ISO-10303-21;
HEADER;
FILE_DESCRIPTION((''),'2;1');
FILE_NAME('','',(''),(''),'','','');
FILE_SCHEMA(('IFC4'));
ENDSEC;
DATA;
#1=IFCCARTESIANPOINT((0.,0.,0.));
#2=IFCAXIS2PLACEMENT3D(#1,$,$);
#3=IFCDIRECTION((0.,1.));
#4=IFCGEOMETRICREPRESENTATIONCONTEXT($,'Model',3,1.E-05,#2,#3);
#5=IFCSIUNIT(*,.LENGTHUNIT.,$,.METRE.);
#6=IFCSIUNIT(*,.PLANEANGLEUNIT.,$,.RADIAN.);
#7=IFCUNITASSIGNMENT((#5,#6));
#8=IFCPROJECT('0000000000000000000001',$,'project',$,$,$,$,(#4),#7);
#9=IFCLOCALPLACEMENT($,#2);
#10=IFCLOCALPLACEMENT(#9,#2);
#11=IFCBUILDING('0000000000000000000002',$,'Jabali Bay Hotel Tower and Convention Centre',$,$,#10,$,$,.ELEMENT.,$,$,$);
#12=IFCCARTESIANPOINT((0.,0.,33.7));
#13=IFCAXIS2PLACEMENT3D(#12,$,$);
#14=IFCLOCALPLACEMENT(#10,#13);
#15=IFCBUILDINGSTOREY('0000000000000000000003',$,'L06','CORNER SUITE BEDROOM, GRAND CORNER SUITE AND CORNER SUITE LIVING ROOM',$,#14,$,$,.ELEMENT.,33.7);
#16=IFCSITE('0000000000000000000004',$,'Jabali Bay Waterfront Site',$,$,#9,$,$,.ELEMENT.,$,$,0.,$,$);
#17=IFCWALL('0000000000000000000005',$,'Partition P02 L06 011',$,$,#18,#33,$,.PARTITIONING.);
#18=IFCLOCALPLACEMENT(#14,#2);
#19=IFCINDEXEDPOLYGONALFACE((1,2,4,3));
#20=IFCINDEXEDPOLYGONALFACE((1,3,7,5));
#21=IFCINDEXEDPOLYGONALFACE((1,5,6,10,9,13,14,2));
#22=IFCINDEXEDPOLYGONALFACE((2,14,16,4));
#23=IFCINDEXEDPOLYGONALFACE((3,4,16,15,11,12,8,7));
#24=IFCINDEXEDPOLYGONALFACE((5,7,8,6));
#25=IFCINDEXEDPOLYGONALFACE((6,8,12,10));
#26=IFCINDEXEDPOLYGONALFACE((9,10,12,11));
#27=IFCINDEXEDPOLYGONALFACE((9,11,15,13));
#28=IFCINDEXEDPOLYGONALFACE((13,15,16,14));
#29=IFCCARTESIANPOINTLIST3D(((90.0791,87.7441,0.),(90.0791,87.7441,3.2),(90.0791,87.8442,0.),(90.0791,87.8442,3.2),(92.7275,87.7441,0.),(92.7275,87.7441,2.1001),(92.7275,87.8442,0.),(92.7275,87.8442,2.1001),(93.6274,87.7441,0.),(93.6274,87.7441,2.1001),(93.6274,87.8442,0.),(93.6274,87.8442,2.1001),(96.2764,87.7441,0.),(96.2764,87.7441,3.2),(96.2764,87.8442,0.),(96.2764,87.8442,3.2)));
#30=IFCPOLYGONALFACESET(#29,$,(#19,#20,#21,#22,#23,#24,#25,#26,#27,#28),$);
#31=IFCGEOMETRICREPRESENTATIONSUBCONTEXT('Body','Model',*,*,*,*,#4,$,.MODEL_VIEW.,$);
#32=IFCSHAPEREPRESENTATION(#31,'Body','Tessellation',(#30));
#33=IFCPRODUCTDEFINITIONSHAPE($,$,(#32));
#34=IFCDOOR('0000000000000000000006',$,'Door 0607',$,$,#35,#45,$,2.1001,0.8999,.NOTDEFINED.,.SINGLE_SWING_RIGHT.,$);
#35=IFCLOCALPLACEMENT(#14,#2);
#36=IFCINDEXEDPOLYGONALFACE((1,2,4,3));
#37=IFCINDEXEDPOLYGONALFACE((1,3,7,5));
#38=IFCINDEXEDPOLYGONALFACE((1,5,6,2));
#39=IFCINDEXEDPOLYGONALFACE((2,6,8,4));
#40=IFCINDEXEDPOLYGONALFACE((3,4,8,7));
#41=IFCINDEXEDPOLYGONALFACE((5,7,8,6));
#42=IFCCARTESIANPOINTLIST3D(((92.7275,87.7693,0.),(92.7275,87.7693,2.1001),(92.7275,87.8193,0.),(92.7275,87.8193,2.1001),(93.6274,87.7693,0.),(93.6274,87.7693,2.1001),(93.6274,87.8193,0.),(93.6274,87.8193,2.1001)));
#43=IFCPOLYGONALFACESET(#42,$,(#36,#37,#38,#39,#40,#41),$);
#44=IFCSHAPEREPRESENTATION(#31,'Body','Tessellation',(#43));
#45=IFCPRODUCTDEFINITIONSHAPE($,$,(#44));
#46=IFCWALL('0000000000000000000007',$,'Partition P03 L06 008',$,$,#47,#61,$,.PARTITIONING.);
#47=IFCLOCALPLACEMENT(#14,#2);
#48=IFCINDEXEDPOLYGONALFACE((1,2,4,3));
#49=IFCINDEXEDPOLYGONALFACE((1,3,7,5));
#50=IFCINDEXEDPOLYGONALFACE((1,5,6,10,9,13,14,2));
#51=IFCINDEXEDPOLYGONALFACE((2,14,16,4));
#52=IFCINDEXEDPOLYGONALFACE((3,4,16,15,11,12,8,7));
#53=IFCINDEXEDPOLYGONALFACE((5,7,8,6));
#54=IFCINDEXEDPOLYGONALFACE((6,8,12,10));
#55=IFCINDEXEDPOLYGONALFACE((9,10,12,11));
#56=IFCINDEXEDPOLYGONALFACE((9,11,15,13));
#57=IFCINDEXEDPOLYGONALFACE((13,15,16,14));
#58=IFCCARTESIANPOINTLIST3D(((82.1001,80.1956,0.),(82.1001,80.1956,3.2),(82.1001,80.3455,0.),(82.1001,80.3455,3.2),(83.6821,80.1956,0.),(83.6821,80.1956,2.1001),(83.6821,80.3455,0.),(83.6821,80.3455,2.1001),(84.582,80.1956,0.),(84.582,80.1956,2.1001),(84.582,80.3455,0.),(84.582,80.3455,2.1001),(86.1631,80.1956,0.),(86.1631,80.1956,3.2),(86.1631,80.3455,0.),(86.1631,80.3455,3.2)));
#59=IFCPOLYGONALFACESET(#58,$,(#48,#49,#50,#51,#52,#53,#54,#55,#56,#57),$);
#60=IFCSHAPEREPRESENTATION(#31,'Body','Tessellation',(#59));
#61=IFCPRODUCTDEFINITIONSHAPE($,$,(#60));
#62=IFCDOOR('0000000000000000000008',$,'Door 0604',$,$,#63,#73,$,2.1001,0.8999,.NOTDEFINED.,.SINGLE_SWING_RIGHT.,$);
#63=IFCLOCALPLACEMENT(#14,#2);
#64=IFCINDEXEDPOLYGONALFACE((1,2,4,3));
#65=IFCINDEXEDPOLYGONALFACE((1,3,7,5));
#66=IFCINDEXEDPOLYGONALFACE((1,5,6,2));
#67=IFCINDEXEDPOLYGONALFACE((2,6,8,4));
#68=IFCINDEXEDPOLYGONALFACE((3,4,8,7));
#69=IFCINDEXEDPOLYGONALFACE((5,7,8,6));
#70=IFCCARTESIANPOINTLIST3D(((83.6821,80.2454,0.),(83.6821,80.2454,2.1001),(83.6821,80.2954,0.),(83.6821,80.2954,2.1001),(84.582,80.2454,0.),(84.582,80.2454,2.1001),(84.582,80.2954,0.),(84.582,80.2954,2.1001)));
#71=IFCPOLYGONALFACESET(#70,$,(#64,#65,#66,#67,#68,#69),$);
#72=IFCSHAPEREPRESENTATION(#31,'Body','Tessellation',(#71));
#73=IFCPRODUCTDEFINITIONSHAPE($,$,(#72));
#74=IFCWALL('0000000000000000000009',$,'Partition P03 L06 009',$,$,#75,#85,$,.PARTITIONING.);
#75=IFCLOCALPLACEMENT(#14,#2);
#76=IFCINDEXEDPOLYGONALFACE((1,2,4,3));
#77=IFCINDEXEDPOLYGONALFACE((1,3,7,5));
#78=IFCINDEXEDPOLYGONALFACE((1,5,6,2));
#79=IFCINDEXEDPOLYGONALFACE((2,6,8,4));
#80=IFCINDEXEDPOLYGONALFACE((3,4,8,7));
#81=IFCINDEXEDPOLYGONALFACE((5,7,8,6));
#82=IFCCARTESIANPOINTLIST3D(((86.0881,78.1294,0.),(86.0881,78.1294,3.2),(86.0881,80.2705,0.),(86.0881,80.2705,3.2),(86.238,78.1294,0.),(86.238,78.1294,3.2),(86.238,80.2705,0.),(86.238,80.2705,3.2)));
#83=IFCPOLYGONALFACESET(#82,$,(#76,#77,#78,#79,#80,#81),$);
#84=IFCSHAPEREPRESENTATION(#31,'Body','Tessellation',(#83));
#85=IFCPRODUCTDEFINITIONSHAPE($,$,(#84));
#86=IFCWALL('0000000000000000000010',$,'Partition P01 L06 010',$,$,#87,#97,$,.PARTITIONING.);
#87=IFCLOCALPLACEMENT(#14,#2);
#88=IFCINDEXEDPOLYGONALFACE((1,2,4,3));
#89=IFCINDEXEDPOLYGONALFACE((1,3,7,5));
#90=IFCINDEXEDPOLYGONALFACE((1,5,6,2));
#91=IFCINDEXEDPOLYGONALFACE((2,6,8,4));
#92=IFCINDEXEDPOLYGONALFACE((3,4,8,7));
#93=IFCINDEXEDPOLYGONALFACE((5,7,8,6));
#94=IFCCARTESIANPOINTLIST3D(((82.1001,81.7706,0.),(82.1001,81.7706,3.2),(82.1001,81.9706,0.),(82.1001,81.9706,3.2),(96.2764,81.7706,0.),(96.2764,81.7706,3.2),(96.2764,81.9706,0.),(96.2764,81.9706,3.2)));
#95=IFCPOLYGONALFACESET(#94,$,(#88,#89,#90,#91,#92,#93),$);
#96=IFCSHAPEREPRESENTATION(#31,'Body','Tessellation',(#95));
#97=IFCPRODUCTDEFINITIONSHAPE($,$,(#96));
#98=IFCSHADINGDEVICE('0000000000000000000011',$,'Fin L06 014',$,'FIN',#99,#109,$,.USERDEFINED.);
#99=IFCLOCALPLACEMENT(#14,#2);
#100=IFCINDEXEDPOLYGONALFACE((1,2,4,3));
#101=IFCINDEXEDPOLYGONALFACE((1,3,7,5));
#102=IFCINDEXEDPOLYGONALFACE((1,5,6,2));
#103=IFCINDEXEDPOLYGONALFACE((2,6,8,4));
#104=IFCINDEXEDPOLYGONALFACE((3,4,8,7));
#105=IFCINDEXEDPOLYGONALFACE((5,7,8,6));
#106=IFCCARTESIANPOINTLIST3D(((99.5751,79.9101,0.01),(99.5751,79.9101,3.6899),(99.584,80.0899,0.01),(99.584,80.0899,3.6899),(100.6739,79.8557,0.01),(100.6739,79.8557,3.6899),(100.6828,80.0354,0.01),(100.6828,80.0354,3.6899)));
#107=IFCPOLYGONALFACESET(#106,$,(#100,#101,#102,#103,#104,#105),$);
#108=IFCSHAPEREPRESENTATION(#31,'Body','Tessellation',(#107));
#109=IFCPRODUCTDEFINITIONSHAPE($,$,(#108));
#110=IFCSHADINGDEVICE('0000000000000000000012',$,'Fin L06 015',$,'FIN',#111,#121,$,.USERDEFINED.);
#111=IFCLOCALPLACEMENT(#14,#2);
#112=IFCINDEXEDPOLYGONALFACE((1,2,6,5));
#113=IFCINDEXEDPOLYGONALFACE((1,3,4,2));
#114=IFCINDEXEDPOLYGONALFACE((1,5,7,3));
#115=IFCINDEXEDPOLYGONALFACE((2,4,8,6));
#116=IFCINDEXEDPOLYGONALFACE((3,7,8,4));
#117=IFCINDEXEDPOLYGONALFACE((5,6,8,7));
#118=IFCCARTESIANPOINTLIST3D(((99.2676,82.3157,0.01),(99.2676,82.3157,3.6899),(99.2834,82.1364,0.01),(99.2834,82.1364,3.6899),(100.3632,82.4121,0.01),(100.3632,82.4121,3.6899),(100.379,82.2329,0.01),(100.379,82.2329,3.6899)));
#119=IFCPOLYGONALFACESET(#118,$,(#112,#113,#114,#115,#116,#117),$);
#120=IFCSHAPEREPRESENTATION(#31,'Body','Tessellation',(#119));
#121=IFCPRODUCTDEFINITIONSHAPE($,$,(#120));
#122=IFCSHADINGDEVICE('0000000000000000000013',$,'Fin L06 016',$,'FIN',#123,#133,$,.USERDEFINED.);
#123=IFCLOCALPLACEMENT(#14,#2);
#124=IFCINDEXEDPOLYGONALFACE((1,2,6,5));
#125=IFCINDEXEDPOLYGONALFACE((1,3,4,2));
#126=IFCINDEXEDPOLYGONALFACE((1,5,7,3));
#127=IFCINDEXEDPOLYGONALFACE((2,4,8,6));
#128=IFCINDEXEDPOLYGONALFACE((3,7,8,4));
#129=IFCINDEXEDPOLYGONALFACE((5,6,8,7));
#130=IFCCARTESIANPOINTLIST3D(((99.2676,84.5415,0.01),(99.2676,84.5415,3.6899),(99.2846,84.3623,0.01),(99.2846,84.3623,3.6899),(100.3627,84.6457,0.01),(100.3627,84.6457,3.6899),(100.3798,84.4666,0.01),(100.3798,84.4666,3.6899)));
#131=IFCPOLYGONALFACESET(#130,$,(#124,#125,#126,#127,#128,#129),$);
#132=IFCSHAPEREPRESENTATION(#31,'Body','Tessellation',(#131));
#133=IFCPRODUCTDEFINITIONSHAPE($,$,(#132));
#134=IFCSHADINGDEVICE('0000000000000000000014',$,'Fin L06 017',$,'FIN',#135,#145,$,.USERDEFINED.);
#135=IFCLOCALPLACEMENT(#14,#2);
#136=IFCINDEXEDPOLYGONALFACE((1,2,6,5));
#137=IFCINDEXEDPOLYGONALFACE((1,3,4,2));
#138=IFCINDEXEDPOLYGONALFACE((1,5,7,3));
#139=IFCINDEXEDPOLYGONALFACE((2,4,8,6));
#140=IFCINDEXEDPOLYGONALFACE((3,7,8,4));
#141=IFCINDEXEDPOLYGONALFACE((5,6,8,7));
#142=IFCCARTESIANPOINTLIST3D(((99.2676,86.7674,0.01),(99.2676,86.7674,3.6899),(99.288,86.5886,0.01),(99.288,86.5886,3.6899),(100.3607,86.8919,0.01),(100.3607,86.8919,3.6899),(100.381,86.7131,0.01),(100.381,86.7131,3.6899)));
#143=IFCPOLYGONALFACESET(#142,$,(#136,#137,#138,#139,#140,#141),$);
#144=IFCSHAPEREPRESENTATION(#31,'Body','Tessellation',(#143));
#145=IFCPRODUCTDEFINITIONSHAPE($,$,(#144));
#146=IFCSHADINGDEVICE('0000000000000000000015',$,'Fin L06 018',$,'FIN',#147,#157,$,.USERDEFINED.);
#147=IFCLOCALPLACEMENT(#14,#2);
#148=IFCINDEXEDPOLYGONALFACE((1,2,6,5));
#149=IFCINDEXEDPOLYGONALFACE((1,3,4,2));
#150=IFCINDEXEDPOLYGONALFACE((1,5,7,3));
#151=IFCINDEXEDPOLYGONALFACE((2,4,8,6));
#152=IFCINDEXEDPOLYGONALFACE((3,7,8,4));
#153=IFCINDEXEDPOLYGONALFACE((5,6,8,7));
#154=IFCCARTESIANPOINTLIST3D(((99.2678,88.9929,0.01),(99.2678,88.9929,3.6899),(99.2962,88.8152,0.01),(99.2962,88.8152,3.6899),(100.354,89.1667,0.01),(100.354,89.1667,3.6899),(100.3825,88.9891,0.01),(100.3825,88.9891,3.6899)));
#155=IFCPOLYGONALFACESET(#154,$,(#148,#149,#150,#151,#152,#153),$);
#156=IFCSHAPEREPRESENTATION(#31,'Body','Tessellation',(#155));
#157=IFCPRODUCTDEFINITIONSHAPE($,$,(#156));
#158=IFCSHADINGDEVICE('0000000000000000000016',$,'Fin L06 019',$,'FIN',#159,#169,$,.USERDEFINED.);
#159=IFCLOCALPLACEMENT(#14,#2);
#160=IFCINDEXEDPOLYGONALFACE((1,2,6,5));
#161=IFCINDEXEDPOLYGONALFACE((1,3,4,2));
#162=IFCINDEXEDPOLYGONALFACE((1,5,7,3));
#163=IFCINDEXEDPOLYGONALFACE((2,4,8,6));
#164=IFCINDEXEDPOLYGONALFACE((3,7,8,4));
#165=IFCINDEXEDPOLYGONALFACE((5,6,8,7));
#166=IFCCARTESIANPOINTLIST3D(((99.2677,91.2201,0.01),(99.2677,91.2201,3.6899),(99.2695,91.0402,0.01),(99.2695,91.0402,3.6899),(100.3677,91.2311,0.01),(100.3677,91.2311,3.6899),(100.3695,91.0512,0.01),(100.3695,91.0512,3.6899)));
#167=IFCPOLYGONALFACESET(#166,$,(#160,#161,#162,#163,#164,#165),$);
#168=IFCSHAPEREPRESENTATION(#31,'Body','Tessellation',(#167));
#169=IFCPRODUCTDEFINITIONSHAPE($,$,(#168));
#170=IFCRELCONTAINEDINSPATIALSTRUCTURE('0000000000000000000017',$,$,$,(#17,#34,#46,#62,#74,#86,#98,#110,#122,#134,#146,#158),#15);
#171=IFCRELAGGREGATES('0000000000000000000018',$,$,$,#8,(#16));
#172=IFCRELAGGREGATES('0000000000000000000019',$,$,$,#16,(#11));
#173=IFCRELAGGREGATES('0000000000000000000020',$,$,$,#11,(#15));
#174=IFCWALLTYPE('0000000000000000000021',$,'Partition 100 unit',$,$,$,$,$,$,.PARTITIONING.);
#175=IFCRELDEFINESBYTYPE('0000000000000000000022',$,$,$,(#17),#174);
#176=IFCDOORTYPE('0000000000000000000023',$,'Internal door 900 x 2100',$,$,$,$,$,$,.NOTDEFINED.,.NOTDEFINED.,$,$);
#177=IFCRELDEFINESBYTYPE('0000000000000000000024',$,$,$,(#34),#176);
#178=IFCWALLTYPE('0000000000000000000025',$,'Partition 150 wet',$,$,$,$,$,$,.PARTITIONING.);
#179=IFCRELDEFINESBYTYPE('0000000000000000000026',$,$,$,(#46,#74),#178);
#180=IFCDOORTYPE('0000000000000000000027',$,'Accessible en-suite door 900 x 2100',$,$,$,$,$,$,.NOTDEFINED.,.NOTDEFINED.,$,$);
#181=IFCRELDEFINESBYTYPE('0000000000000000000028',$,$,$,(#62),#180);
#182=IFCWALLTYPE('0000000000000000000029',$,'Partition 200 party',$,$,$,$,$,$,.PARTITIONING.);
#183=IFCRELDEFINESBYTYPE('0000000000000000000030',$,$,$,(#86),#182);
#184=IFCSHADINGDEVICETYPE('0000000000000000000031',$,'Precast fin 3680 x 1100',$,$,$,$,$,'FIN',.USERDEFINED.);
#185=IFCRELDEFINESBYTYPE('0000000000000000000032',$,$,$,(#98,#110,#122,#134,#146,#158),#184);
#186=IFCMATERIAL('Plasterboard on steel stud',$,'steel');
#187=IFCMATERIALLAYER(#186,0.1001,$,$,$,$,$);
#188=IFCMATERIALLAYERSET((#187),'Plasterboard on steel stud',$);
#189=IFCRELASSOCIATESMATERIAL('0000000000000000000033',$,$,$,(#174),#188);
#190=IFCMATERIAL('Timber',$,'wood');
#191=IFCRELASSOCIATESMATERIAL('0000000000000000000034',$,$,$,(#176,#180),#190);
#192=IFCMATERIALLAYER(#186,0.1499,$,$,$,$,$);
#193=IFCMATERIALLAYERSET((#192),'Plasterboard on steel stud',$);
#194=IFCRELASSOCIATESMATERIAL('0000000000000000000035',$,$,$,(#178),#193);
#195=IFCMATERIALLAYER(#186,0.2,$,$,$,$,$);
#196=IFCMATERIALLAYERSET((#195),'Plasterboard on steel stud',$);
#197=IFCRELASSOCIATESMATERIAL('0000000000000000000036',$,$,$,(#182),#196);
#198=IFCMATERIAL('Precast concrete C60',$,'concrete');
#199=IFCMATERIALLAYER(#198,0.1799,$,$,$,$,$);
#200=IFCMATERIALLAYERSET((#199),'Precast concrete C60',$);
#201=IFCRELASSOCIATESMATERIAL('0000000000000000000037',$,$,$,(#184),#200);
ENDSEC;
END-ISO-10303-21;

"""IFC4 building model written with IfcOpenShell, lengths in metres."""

from ifc_helpers import new_model, si_unit, direction, frame, frame_2d, origin, place, context, subcontext, project, spatial, rectangle, extrude, material, layer, layer_set, type_object, element, fill, save


model = new_model("IFC4")

# Units and contexts
model_context = context("Model", 3, precision=1e-05, world=origin(), true_north=direction((0.0, 1.0)))
body_context = subcontext(model_context, "Body", "Model", "MODEL_VIEW")
ifc_project = project(units=[si_unit("LENGTHUNIT", "METRE"), si_unit("PLANEANGLEUNIT", "RADIAN")], contexts=[model_context])

# Site, building, storey
site_placement = place(None, origin())
site = spatial("IfcSite", under=ifc_project, at=site_placement, Name="Jabali Bay Waterfront Site", CompositionType="ELEMENT", RefElevation=0.0)
building_placement = place(site_placement, origin())
building = spatial("IfcBuilding", under=site, at=building_placement, Name="Jabali Bay Hotel Tower and Convention Centre", CompositionType="ELEMENT")
storey_placement = place(building_placement, frame((0.0, 0.0, 33.7)))
storey = spatial("IfcBuildingStorey", under=building, at=storey_placement, Name="L06", Description="CORNER SUITE BEDROOM, GRAND CORNER SUITE AND CORNER SUITE LIVING ROOM", CompositionType="ELEMENT", Elevation=33.7)

# Walls, openings, doors
ifc_material_1 = material(Name="Plasterboard on steel stud", Category="steel")
ifc_layer_1 = layer(ifc_material_1, 0.1001)
ifc_layer_set_1 = layer_set([ifc_layer_1], Name="Plasterboard on steel stud")
wall_type_1 = type_object("IfcWallType", Name="Partition 100 unit", PredefinedType="PARTITIONING", material=ifc_layer_set_1)
wall_1_placement = place(storey_placement, frame((96.2764, 87.7942, 0.0), z_axis=(0.0, 0.0, 1.0), x_axis=(-1.0, 0.0, 0.0)))
wall_1 = element("IfcWall", 1, at=wall_1_placement, inside=storey, type_object=wall_type_1, Name="Partition P02 L06 011", PredefinedType="PARTITIONING", context=body_context, shape_type="SweptSolid", body=[
    extrude(rectangle(XDim=6.1973, YDim=0.1001, at=frame_2d((3.0986, 0.0))), origin(), (0.0, 0.0, 1.0), 3.2),
])
opening_1_placement = place(wall_1_placement, frame((2.6489, 0.0, 0.0)))
opening_1 = element("IfcOpeningElement", 2, at=opening_1_placement, cuts=wall_1, PredefinedType="OPENING", context=body_context, shape_type="SweptSolid", body=[
    extrude(rectangle(XDim=0.8999, YDim=2.1001, at=frame_2d((0.45, 1.05))), frame((0.0, 0.0605, 0.0), z_axis=(0.0, -1.0, 0.0), x_axis=(1.0, 0.0, 0.0)), (0.0, 0.0, 1.0), 0.1211),
])
ifc_material_2 = material(Name="Timber", Category="wood")
door_type_1 = type_object("IfcDoorType", Name="Internal door 900 x 2100", OperationType="NOTDEFINED", PredefinedType="NOTDEFINED", material=ifc_material_2)
door_1_placement = place(opening_1_placement, origin())
door_1 = element("IfcDoor", 3, at=door_1_placement, inside=storey, type_object=door_type_1, Name="Door 0607", OperationType="SINGLE_SWING_RIGHT", OverallHeight=2.1001, OverallWidth=0.8999, PredefinedType="NOTDEFINED", context=body_context, shape_type="SweptSolid", body=[
    extrude(rectangle(XDim=0.8999, YDim=2.1001, at=frame_2d((0.45, 1.05))), frame((0.0, 0.0249, 0.0), z_axis=(0.0, -1.0, 0.0), x_axis=(1.0, 0.0, 0.0)), (0.0, 0.0, 1.0), 0.05),
])
fill(opening_1, door_1)
ifc_layer_2 = layer(ifc_material_1, 0.1499)
ifc_layer_set_2 = layer_set([ifc_layer_2], Name="Plasterboard on steel stud")
wall_type_2 = type_object("IfcWallType", Name="Partition 150 wet", PredefinedType="PARTITIONING", material=ifc_layer_set_2)
wall_2_placement = place(storey_placement, frame((82.1001, 80.2705, 0.0), z_axis=(0.0, 0.0, 1.0), x_axis=(1.0, 0.0, 0.0)))
wall_2 = element("IfcWall", 4, at=wall_2_placement, inside=storey, type_object=wall_type_2, Name="Partition P03 L06 008", PredefinedType="PARTITIONING", context=body_context, shape_type="SweptSolid", body=[
    extrude(rectangle(XDim=4.063, YDim=0.1499, at=frame_2d((2.0315, 0.0))), origin(), (0.0, 0.0, 1.0), 3.2),
])
opening_2_placement = place(wall_2_placement, frame((1.582, 0.0, 0.0)))
opening_2 = element("IfcOpeningElement", 5, at=opening_2_placement, cuts=wall_2, PredefinedType="OPENING", context=body_context, shape_type="SweptSolid", body=[
    extrude(rectangle(XDim=0.8999, YDim=2.1001, at=frame_2d((0.45, 1.05))), frame((0.0, 0.0854, 0.0), z_axis=(0.0, -1.0, 0.0), x_axis=(1.0, 0.0, 0.0)), (0.0, 0.0, 1.0), 0.1709),
])
door_type_2 = type_object("IfcDoorType", Name="Accessible en-suite door 900 x 2100", OperationType="NOTDEFINED", PredefinedType="NOTDEFINED", material=ifc_material_2)
door_2_placement = place(opening_2_placement, origin())
door_2 = element("IfcDoor", 6, at=door_2_placement, inside=storey, type_object=door_type_2, Name="Door 0604", OperationType="SINGLE_SWING_RIGHT", OverallHeight=2.1001, OverallWidth=0.8999, PredefinedType="NOTDEFINED", context=body_context, shape_type="SweptSolid", body=[
    extrude(rectangle(XDim=0.8999, YDim=2.1001, at=frame_2d((0.45, 1.05))), frame((0.0, 0.0249, 0.0), z_axis=(0.0, -1.0, 0.0), x_axis=(1.0, 0.0, 0.0)), (0.0, 0.0, 1.0), 0.05),
])
fill(opening_2, door_2)

# Walls
wall_3_placement = place(storey_placement, frame((86.1631, 80.2705, 0.0), z_axis=(0.0, 0.0, 1.0), x_axis=(0.0, -1.0, 0.0)))
element("IfcWall", 7, at=wall_3_placement, inside=storey, type_object=wall_type_2, Name="Partition P03 L06 009", PredefinedType="PARTITIONING", context=body_context, shape_type="SweptSolid", body=[
    extrude(rectangle(XDim=2.1411, YDim=0.1499, at=frame_2d((1.0706, 0.0))), origin(), (0.0, 0.0, 1.0), 3.2),
])
ifc_layer_3 = layer(ifc_material_1, 0.2)
ifc_layer_set_3 = layer_set([ifc_layer_3], Name="Plasterboard on steel stud")
wall_type_3 = type_object("IfcWallType", Name="Partition 200 party", PredefinedType="PARTITIONING", material=ifc_layer_set_3)
wall_4_placement = place(storey_placement, frame((96.2764, 81.8706, 0.0), z_axis=(0.0, 0.0, 1.0), x_axis=(-1.0, 0.0, 0.0)))
element("IfcWall", 8, at=wall_4_placement, inside=storey, type_object=wall_type_3, Name="Partition P01 L06 010", PredefinedType="PARTITIONING", context=body_context, shape_type="SweptSolid", body=[
    extrude(rectangle(XDim=14.1763, YDim=0.2, at=frame_2d((7.0881, 0.0))), origin(), (0.0, 0.0, 1.0), 3.2),
])

# Shading devices
ifc_material_3 = material(Name="Precast concrete C60", Category="concrete")
ifc_layer_4 = layer(ifc_material_3, 0.1799)
ifc_layer_set_4 = layer_set([ifc_layer_4], Name="Precast concrete C60")
shading_device_type = type_object("IfcShadingDeviceType", Name="Precast fin 3680 x 1100", ElementType="FIN", PredefinedType="USERDEFINED", material=ifc_layer_set_4)
shading_device_1_placement = place(storey_placement, frame((99.5796, 80.0, 0.01), z_axis=(0.0, 0.0, 1.0), x_axis=(0.998774, -0.049495, 0.0)))
element("IfcShadingDevice", 9, at=shading_device_1_placement, inside=storey, type_object=shading_device_type, Name="Fin L06 014", ObjectType="FIN", PredefinedType="USERDEFINED", context=body_context, shape_type="SweptSolid", body=[
    extrude(rectangle(XDim=1.1001, YDim=0.1799, at=frame_2d((0.55, 0.0))), origin(), (0.0, 0.0, 1.0), 3.6799),
])
shading_device_2_placement = place(storey_placement, frame((99.2756, 82.2261, 0.01), z_axis=(0.0, 0.0, 1.0), x_axis=(0.996149, 0.087674, 0.0)))
element("IfcShadingDevice", 10, at=shading_device_2_placement, inside=storey, type_object=shading_device_type, Name="Fin L06 015", ObjectType="FIN", PredefinedType="USERDEFINED", context=body_context, shape_type="SweptSolid", body=[
    extrude(rectangle(XDim=1.0999, YDim=0.1799, at=frame_2d((0.5498, 0.0))), origin(), (0.0, 0.0, 1.0), 3.6799),
])
for number, where, z_axis, x_axis, name in (
    (11, (99.2761, 84.4519, 0.01), (0.0, 0.0, 1.0), (0.9955, 0.094757, 0.0), "Fin L06 016"),
    (12, (99.2778, 86.678, 0.01), (0.0, 0.0, 1.0), (0.993574, 0.113184, 0.0), "Fin L06 017"),
    (13, (99.282, 88.9041, 0.01), (0.0, 0.0, 1.0), (0.987435, 0.158025, 0.0), "Fin L06 018"),
    (14, (99.2686, 91.1301, 0.01), (0.0, 0.0, 1.0), (0.99995, 0.009986, 0.0), "Fin L06 019"),
):
    element("IfcShadingDevice", number, at=place(storey_placement, frame(where, z_axis=z_axis, x_axis=x_axis)), inside=storey, type_object=shading_device_type, Name=name, ObjectType="FIN", PredefinedType="USERDEFINED", context=body_context, shape_type="SweptSolid", body=[
        extrude(rectangle(XDim=1.1001, YDim=0.1799, at=frame_2d((0.55, 0.0))), origin(), (0.0, 0.0, 1.0), 3.6799),
    ])

save(model, "model.ifc")
